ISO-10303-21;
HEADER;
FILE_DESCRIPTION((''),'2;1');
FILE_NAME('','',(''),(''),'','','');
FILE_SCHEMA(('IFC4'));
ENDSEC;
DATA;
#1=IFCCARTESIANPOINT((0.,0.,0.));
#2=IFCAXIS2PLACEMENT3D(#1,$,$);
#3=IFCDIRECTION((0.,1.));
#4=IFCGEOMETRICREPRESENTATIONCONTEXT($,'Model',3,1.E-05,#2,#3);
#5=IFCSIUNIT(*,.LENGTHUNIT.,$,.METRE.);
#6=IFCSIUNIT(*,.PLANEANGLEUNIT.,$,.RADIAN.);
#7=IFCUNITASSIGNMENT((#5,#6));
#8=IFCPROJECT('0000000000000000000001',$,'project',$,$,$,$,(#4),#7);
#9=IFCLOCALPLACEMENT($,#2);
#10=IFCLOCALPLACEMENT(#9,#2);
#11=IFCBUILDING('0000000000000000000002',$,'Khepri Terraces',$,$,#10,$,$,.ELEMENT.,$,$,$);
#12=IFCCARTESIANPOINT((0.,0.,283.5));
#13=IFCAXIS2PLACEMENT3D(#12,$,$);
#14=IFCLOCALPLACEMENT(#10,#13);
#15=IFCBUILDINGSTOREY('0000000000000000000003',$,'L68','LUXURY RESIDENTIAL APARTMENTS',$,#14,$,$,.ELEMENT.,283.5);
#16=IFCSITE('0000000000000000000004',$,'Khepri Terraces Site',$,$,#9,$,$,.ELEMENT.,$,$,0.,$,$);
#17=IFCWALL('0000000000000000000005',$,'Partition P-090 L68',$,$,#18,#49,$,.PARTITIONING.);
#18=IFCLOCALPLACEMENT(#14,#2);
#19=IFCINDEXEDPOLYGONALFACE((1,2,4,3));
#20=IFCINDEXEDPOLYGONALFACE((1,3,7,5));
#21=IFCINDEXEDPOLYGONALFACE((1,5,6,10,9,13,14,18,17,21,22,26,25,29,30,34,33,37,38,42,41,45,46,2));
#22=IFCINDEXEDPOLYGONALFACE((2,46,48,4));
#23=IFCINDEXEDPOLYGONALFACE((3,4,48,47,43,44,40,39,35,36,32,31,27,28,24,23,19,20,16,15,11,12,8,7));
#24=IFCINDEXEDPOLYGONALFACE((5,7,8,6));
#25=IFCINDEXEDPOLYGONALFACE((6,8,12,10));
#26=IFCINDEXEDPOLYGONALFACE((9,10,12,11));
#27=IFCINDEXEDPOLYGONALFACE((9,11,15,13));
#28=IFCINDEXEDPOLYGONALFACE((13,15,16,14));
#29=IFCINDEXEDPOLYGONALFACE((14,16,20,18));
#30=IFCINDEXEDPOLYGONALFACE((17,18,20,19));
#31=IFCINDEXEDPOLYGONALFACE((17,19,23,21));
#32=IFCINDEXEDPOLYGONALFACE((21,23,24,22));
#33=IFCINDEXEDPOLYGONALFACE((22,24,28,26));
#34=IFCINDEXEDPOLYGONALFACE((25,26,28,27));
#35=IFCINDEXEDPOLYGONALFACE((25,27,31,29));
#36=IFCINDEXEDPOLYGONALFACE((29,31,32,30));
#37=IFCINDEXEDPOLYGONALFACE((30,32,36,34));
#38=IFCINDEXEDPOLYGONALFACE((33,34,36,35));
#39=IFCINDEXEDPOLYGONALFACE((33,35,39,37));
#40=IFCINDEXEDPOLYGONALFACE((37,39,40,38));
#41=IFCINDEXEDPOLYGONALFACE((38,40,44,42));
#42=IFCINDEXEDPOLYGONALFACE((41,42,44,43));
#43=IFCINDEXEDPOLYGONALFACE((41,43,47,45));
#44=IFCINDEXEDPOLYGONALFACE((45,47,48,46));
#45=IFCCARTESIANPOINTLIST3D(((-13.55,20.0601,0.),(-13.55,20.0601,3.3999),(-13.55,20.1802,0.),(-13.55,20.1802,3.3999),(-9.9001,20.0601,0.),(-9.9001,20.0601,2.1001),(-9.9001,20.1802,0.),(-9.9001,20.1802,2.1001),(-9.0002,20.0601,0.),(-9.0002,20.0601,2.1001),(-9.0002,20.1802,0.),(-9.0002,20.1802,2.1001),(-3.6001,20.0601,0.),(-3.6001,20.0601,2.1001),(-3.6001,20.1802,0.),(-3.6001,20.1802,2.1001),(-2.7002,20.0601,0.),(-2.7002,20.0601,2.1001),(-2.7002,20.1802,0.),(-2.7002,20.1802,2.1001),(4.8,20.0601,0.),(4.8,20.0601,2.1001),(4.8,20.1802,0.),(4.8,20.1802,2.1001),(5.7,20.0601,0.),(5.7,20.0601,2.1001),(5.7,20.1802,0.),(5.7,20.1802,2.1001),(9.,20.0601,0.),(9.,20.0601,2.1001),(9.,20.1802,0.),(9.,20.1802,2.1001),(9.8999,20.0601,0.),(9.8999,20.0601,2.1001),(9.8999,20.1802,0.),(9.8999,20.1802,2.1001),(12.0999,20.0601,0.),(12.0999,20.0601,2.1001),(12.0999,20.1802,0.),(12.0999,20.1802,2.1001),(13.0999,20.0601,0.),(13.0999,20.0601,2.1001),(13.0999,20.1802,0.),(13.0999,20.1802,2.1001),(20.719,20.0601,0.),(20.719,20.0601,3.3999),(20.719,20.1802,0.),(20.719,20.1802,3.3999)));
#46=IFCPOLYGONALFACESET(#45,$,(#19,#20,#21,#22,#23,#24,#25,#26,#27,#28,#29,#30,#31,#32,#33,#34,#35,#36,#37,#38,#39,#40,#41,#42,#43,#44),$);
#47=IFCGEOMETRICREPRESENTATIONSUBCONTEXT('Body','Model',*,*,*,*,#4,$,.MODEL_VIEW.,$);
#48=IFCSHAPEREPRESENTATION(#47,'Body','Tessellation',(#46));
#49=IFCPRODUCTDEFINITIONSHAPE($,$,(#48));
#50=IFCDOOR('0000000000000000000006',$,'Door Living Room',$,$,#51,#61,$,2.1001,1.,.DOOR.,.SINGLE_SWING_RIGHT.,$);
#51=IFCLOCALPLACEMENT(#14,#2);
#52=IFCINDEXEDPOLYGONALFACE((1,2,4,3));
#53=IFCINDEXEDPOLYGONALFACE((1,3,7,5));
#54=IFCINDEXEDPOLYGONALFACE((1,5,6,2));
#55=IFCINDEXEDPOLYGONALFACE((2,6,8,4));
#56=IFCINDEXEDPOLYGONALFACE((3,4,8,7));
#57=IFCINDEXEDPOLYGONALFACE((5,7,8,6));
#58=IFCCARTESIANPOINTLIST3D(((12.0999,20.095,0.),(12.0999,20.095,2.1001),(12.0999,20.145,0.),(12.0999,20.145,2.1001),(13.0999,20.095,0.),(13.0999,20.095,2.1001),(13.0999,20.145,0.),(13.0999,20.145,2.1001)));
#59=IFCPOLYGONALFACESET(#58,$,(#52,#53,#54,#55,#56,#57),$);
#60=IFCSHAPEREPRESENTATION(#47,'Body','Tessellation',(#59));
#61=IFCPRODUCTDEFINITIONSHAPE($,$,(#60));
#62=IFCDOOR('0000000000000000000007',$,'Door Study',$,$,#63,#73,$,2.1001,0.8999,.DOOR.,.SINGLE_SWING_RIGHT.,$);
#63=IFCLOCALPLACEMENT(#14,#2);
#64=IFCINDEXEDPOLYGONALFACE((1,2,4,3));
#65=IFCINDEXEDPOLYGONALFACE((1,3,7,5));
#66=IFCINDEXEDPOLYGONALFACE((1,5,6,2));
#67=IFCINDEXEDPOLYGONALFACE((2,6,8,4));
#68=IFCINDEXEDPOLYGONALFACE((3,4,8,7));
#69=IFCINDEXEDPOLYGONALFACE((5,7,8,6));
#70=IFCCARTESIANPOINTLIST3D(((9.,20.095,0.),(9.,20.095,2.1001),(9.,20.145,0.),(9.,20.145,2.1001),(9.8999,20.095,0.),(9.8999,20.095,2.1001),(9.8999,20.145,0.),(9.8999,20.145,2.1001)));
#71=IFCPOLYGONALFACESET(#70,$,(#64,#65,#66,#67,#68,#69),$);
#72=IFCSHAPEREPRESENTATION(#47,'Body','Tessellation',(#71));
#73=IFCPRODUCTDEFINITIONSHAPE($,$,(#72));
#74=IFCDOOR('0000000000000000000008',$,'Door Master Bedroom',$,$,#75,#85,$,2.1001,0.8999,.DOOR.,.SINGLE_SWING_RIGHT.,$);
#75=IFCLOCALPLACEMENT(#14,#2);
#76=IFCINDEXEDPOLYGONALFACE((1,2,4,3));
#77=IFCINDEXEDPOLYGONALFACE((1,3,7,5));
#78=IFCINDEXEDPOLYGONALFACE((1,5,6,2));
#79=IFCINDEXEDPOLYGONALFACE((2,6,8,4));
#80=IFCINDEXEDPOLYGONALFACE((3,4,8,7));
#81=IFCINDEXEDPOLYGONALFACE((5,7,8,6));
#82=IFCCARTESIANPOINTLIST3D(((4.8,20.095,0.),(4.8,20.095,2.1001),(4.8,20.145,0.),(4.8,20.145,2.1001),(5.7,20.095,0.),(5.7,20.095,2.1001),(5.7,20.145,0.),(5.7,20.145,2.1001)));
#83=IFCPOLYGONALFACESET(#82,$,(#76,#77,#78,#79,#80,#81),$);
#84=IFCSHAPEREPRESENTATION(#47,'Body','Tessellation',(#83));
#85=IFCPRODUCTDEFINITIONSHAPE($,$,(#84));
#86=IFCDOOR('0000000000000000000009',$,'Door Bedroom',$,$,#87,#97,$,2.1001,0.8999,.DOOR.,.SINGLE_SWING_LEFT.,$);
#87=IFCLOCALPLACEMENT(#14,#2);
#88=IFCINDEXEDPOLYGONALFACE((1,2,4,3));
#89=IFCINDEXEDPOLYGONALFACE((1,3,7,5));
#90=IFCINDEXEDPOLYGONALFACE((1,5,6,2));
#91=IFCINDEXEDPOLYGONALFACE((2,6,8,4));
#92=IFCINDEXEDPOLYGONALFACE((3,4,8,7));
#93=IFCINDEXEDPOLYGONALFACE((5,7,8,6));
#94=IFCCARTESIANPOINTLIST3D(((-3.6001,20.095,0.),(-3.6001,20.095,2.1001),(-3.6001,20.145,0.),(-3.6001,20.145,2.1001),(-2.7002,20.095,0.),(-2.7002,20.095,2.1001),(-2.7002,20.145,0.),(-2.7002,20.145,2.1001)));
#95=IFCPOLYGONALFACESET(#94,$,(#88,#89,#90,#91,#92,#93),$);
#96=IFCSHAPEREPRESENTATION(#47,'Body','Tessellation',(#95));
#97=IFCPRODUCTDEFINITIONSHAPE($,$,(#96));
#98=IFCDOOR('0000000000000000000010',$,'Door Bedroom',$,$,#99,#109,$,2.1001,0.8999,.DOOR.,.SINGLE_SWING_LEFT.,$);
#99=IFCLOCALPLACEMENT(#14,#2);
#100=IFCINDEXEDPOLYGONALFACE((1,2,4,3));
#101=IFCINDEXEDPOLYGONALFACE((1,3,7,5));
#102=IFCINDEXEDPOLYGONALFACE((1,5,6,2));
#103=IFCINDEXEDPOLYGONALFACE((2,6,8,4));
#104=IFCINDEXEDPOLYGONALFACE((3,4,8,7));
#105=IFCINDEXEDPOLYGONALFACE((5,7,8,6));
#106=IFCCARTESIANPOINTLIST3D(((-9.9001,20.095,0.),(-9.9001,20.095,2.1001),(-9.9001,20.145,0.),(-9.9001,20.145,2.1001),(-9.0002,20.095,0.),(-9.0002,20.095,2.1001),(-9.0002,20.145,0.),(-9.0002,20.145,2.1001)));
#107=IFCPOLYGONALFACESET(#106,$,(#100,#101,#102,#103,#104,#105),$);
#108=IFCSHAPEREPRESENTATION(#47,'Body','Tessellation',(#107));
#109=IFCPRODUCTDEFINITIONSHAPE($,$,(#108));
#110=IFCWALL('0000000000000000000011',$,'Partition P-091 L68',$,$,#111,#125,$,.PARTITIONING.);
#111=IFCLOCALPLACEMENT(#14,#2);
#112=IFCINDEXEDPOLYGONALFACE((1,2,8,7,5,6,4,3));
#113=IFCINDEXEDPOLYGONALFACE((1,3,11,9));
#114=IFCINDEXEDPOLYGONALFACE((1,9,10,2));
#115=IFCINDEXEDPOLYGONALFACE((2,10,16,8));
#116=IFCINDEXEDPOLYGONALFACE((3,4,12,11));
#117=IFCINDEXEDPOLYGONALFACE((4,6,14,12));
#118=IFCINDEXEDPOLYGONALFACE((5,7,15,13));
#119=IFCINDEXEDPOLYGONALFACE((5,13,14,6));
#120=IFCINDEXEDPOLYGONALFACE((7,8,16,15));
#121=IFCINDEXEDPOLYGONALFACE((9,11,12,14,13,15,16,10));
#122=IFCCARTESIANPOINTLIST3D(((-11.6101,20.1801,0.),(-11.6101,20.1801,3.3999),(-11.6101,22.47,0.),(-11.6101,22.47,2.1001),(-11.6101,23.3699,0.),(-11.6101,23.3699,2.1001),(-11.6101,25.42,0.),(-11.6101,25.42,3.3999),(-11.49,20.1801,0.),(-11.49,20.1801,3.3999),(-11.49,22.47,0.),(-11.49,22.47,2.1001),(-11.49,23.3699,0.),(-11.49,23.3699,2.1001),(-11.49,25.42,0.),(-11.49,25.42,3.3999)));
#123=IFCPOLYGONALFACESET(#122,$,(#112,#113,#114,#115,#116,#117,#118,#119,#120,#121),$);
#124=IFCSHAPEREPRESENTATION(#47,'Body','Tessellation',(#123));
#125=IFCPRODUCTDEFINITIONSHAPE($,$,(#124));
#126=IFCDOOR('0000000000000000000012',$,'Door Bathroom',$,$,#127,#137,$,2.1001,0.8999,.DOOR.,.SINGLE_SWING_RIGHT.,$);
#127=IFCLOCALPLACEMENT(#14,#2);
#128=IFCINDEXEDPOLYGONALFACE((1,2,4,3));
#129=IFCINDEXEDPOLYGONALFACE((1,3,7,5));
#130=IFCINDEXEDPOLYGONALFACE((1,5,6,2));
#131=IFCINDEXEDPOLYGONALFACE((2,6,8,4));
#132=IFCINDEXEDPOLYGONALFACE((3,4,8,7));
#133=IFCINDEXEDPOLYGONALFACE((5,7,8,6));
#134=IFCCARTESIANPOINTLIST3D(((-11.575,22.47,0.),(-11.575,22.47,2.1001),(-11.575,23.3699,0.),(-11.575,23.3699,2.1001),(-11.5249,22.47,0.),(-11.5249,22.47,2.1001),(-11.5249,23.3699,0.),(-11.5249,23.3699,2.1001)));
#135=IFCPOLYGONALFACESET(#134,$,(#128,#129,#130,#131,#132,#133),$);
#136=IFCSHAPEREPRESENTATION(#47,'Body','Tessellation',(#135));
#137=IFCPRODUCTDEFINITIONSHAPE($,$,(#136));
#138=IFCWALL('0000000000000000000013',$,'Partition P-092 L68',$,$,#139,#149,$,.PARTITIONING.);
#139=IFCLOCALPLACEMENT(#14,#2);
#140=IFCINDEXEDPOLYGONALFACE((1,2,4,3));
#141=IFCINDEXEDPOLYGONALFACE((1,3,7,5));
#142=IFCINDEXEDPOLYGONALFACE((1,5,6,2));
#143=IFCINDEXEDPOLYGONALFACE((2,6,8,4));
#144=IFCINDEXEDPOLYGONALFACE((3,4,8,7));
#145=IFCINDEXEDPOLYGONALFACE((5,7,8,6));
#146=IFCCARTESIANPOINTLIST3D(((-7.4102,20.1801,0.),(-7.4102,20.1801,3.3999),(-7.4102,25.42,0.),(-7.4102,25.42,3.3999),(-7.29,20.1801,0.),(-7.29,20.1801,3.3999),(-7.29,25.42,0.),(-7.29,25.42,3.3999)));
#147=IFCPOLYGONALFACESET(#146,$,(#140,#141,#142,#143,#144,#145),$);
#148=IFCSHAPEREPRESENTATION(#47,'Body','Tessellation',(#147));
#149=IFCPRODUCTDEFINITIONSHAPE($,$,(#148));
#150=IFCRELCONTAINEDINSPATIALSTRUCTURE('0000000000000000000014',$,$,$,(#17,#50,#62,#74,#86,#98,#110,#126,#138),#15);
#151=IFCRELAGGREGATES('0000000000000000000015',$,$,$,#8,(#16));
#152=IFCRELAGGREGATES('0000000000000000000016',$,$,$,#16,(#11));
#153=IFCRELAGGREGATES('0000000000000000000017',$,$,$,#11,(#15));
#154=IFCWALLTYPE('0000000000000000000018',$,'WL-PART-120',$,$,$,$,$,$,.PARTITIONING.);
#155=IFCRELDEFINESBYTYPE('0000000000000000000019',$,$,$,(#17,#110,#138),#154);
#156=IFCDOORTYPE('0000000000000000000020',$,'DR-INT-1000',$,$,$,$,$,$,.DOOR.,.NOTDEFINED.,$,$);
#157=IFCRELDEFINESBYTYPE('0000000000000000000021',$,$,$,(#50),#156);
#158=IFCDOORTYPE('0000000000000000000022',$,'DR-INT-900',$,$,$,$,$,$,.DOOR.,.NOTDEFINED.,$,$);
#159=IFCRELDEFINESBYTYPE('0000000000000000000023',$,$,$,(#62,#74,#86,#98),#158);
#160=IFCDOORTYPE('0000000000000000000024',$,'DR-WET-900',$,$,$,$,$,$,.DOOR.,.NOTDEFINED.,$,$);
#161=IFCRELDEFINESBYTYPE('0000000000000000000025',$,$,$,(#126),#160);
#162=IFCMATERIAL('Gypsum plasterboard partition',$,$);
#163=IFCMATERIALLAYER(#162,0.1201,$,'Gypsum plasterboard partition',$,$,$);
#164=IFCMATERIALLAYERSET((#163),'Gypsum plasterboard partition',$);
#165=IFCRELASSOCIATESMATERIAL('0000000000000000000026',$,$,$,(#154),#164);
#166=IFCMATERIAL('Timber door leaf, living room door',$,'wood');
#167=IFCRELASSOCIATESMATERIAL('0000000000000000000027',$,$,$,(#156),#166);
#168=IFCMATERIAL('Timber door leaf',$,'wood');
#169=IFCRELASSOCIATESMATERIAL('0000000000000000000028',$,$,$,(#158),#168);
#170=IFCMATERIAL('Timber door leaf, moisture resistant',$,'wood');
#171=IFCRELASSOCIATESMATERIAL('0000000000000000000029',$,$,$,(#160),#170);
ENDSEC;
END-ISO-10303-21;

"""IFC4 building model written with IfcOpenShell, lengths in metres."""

from ifc_helpers import new_model, si_unit, direction, frame, frame_2d, origin, place, context, subcontext, project, spatial, rectangle, extrude, material, layer, layer_set, type_object, element, fill, save


model = new_model("IFC4")

# Units and contexts
model_context = context("Model", 3, precision=1e-05, world=origin(), true_north=direction((0.0, 1.0)))
body_context = subcontext(model_context, "Body", "Model", "MODEL_VIEW")
ifc_project = project(units=[si_unit("LENGTHUNIT", "METRE"), si_unit("PLANEANGLEUNIT", "RADIAN")], contexts=[model_context])

# Site, building, storey
site_placement = place(None, origin())
site = spatial("IfcSite", under=ifc_project, at=site_placement, Name="Khepri Terraces Site", CompositionType="ELEMENT", RefElevation=0.0)
building_placement = place(site_placement, origin())
building = spatial("IfcBuilding", under=site, at=building_placement, Name="Khepri Terraces", CompositionType="ELEMENT")
storey_placement = place(building_placement, frame((0.0, 0.0, 283.5)))
storey = spatial("IfcBuildingStorey", under=building, at=storey_placement, Name="L68", Description="LUXURY RESIDENTIAL APARTMENTS", CompositionType="ELEMENT", Elevation=283.5)

# Wall, openings, doors
ifc_material_1 = material(Name="Gypsum plasterboard partition")
ifc_layer_1 = layer(ifc_material_1, 0.1201, Name="Gypsum plasterboard partition")
ifc_layer_set_1 = layer_set([ifc_layer_1], Name="Gypsum plasterboard partition")
wall_type_1 = type_object("IfcWallType", Name="WL-PART-120", PredefinedType="PARTITIONING", material=ifc_layer_set_1)
wall_1_placement = place(storey_placement, frame((-13.55, 20.1201, 0.0), z_axis=(0.0, 0.0, 1.0), x_axis=(1.0, 0.0, 0.0)))
wall_1 = element("IfcWall", 1, at=wall_1_placement, inside=storey, type_object=wall_type_1, Name="Partition P-090 L68", PredefinedType="PARTITIONING", context=body_context, shape_type="SweptSolid", body=[
    extrude(rectangle(XDim=34.269, YDim=0.1201, at=frame_2d((17.1345, 0.0))), origin(), (0.0, 0.0, 1.0), 3.3999),
])
opening_1_placement = place(wall_1_placement, frame((25.6499, 0.0, 0.0)))
opening_1 = element("IfcOpeningElement", 2, at=opening_1_placement, cuts=wall_1, PredefinedType="OPENING", context=body_context, shape_type="SweptSolid", body=[
    extrude(rectangle(XDim=1.0, YDim=2.1001, at=frame_2d((0.5, 1.05))), frame((0.0, 0.0701, 0.0), z_axis=(0.0, -1.0, 0.0), x_axis=(1.0, 0.0, 0.0)), (0.0, 0.0, 1.0), 0.1401),
])
opening_2_placement = place(wall_1_placement, frame((22.55, 0.0, 0.0)))
opening_2 = element("IfcOpeningElement", 3, at=opening_2_placement, cuts=wall_1, PredefinedType="OPENING", context=body_context, shape_type="SweptSolid", body=[
    extrude(rectangle(XDim=0.8999, YDim=2.1001, at=frame_2d((0.45, 1.05))), frame((0.0, 0.0701, 0.0), z_axis=(0.0, -1.0, 0.0), x_axis=(1.0, 0.0, 0.0)), (0.0, 0.0, 1.0), 0.1401),
])
opening_3_placement = place(wall_1_placement, frame((18.3501, 0.0, 0.0)))
opening_3 = element("IfcOpeningElement", 4, at=opening_3_placement, cuts=wall_1, PredefinedType="OPENING", context=body_context, shape_type="SweptSolid", body=[
    extrude(rectangle(XDim=0.8999, YDim=2.1001, at=frame_2d((0.45, 1.05))), frame((0.0, 0.0701, 0.0), z_axis=(0.0, -1.0, 0.0), x_axis=(1.0, 0.0, 0.0)), (0.0, 0.0, 1.0), 0.1401),
])
opening_4_placement = place(wall_1_placement, frame((9.95, 0.0, 0.0)))
opening_4 = element("IfcOpeningElement", 5, at=opening_4_placement, cuts=wall_1, PredefinedType="OPENING", context=body_context, shape_type="SweptSolid", body=[
    extrude(rectangle(XDim=0.8999, YDim=2.1001, at=frame_2d((0.45, 1.05))), frame((0.0, 0.0701, 0.0), z_axis=(0.0, -1.0, 0.0), x_axis=(1.0, 0.0, 0.0)), (0.0, 0.0, 1.0), 0.1401),
])
opening_5_placement = place(wall_1_placement, frame((3.6499, 0.0, 0.0)))
opening_5 = element("IfcOpeningElement", 6, at=opening_5_placement, cuts=wall_1, PredefinedType="OPENING", context=body_context, shape_type="SweptSolid", body=[
    extrude(rectangle(XDim=0.8999, YDim=2.1001, at=frame_2d((0.45, 1.05))), frame((0.0, 0.0701, 0.0), z_axis=(0.0, -1.0, 0.0), x_axis=(1.0, 0.0, 0.0)), (0.0, 0.0, 1.0), 0.1401),
])
ifc_material_2 = material(Name="Timber door leaf, living room door", Category="wood")
door_type_1 = type_object("IfcDoorType", Name="DR-INT-1000", OperationType="NOTDEFINED", PredefinedType="DOOR", material=ifc_material_2)
door_1_placement = place(opening_1_placement, origin())
door_1 = element("IfcDoor", 7, at=door_1_placement, inside=storey, type_object=door_type_1, Name="Door Living Room", OperationType="SINGLE_SWING_RIGHT", OverallHeight=2.1001, OverallWidth=1.0, PredefinedType="DOOR", context=body_context, shape_type="SweptSolid", body=[
    extrude(rectangle(XDim=1.0, YDim=2.1001, at=frame_2d((0.5, 1.05))), frame((0.0, 0.0249, 0.0), z_axis=(0.0, -1.0, 0.0), x_axis=(1.0, 0.0, 0.0)), (0.0, 0.0, 1.0), 0.05),
])
fill(opening_1, door_1)
ifc_material_3 = material(Name="Timber door leaf", Category="wood")
door_type_2 = type_object("IfcDoorType", Name="DR-INT-900", OperationType="NOTDEFINED", PredefinedType="DOOR", material=ifc_material_3)
door_2_placement = place(opening_2_placement, origin())
door_2 = element("IfcDoor", 8, at=door_2_placement, inside=storey, type_object=door_type_2, Name="Door Study", OperationType="SINGLE_SWING_RIGHT", OverallHeight=2.1001, OverallWidth=0.8999, PredefinedType="DOOR", context=body_context, shape_type="SweptSolid", body=[
    extrude(rectangle(XDim=0.8999, YDim=2.1001, at=frame_2d((0.45, 1.05))), frame((0.0, 0.0249, 0.0), z_axis=(0.0, -1.0, 0.0), x_axis=(1.0, 0.0, 0.0)), (0.0, 0.0, 1.0), 0.05),
])
fill(opening_2, door_2)
door_3_placement = place(opening_3_placement, origin())
door_3 = element("IfcDoor", 9, at=door_3_placement, inside=storey, type_object=door_type_2, Name="Door Master Bedroom", OperationType="SINGLE_SWING_RIGHT", OverallHeight=2.1001, OverallWidth=0.8999, PredefinedType="DOOR", context=body_context, shape_type="SweptSolid", body=[
    extrude(rectangle(XDim=0.8999, YDim=2.1001, at=frame_2d((0.45, 1.05))), frame((0.0, 0.0249, 0.0), z_axis=(0.0, -1.0, 0.0), x_axis=(1.0, 0.0, 0.0)), (0.0, 0.0, 1.0), 0.05),
])
fill(opening_3, door_3)
door_4_placement = place(opening_4_placement, origin())
door_4 = element("IfcDoor", 10, at=door_4_placement, inside=storey, type_object=door_type_2, Name="Door Bedroom", OperationType="SINGLE_SWING_LEFT", OverallHeight=2.1001, OverallWidth=0.8999, PredefinedType="DOOR", context=body_context, shape_type="SweptSolid", body=[
    extrude(rectangle(XDim=0.8999, YDim=2.1001, at=frame_2d((0.45, 1.05))), frame((0.0, 0.0249, 0.0), z_axis=(0.0, -1.0, 0.0), x_axis=(1.0, 0.0, 0.0)), (0.0, 0.0, 1.0), 0.05),
])
fill(opening_4, door_4)
door_5_placement = place(opening_5_placement, origin())
door_5 = element("IfcDoor", 11, at=door_5_placement, inside=storey, type_object=door_type_2, Name="Door Bedroom", OperationType="SINGLE_SWING_LEFT", OverallHeight=2.1001, OverallWidth=0.8999, PredefinedType="DOOR", context=body_context, shape_type="SweptSolid", body=[
    extrude(rectangle(XDim=0.8999, YDim=2.1001, at=frame_2d((0.45, 1.05))), frame((0.0, 0.0249, 0.0), z_axis=(0.0, -1.0, 0.0), x_axis=(1.0, 0.0, 0.0)), (0.0, 0.0, 1.0), 0.05),
])
fill(opening_5, door_5)

# Wall, opening, door
wall_2_placement = place(storey_placement, frame((-11.55, 20.1799, 0.0), z_axis=(0.0, 0.0, 1.0), x_axis=(0.0, 1.0, 0.0)))
wall_2 = element("IfcWall", 12, at=wall_2_placement, inside=storey, type_object=wall_type_1, Name="Partition P-091 L68", PredefinedType="PARTITIONING", context=body_context, shape_type="SweptSolid", body=[
    extrude(rectangle(XDim=5.24, YDim=0.1201, at=frame_2d((2.6201, 0.0))), origin(), (0.0, 0.0, 1.0), 3.3999),
])
opening_6_placement = place(wall_2_placement, frame((2.29, 0.0, 0.0)))
opening_6 = element("IfcOpeningElement", 13, at=opening_6_placement, cuts=wall_2, PredefinedType="OPENING", context=body_context, shape_type="SweptSolid", body=[
    extrude(rectangle(XDim=0.8999, YDim=2.1001, at=frame_2d((0.45, 1.05))), frame((0.0, 0.0701, 0.0), z_axis=(0.0, -1.0, 0.0), x_axis=(1.0, 0.0, 0.0)), (0.0, 0.0, 1.0), 0.1401),
])
ifc_material_4 = material(Name="Timber door leaf, moisture resistant", Category="wood")
door_type_3 = type_object("IfcDoorType", Name="DR-WET-900", OperationType="NOTDEFINED", PredefinedType="DOOR", material=ifc_material_4)
door_6_placement = place(opening_6_placement, origin())
door_6 = element("IfcDoor", 14, at=door_6_placement, inside=storey, type_object=door_type_3, Name="Door Bathroom", OperationType="SINGLE_SWING_RIGHT", OverallHeight=2.1001, OverallWidth=0.8999, PredefinedType="DOOR", context=body_context, shape_type="SweptSolid", body=[
    extrude(rectangle(XDim=0.8999, YDim=2.1001, at=frame_2d((0.45, 1.05))), frame((0.0, 0.0249, 0.0), z_axis=(0.0, -1.0, 0.0), x_axis=(1.0, 0.0, 0.0)), (0.0, 0.0, 1.0), 0.05),
])
fill(opening_6, door_6)

# Wall
wall_3_placement = place(storey_placement, frame((-7.3501, 20.1799, 0.0), z_axis=(0.0, 0.0, 1.0), x_axis=(0.0, 1.0, 0.0)))
element("IfcWall", 15, at=wall_3_placement, inside=storey, type_object=wall_type_1, Name="Partition P-092 L68", PredefinedType="PARTITIONING", context=body_context, shape_type="SweptSolid", body=[
    extrude(rectangle(XDim=5.24, YDim=0.1201, at=frame_2d((2.6201, 0.0))), origin(), (0.0, 0.0, 1.0), 3.3999),
])

save(model, "model.ifc")
